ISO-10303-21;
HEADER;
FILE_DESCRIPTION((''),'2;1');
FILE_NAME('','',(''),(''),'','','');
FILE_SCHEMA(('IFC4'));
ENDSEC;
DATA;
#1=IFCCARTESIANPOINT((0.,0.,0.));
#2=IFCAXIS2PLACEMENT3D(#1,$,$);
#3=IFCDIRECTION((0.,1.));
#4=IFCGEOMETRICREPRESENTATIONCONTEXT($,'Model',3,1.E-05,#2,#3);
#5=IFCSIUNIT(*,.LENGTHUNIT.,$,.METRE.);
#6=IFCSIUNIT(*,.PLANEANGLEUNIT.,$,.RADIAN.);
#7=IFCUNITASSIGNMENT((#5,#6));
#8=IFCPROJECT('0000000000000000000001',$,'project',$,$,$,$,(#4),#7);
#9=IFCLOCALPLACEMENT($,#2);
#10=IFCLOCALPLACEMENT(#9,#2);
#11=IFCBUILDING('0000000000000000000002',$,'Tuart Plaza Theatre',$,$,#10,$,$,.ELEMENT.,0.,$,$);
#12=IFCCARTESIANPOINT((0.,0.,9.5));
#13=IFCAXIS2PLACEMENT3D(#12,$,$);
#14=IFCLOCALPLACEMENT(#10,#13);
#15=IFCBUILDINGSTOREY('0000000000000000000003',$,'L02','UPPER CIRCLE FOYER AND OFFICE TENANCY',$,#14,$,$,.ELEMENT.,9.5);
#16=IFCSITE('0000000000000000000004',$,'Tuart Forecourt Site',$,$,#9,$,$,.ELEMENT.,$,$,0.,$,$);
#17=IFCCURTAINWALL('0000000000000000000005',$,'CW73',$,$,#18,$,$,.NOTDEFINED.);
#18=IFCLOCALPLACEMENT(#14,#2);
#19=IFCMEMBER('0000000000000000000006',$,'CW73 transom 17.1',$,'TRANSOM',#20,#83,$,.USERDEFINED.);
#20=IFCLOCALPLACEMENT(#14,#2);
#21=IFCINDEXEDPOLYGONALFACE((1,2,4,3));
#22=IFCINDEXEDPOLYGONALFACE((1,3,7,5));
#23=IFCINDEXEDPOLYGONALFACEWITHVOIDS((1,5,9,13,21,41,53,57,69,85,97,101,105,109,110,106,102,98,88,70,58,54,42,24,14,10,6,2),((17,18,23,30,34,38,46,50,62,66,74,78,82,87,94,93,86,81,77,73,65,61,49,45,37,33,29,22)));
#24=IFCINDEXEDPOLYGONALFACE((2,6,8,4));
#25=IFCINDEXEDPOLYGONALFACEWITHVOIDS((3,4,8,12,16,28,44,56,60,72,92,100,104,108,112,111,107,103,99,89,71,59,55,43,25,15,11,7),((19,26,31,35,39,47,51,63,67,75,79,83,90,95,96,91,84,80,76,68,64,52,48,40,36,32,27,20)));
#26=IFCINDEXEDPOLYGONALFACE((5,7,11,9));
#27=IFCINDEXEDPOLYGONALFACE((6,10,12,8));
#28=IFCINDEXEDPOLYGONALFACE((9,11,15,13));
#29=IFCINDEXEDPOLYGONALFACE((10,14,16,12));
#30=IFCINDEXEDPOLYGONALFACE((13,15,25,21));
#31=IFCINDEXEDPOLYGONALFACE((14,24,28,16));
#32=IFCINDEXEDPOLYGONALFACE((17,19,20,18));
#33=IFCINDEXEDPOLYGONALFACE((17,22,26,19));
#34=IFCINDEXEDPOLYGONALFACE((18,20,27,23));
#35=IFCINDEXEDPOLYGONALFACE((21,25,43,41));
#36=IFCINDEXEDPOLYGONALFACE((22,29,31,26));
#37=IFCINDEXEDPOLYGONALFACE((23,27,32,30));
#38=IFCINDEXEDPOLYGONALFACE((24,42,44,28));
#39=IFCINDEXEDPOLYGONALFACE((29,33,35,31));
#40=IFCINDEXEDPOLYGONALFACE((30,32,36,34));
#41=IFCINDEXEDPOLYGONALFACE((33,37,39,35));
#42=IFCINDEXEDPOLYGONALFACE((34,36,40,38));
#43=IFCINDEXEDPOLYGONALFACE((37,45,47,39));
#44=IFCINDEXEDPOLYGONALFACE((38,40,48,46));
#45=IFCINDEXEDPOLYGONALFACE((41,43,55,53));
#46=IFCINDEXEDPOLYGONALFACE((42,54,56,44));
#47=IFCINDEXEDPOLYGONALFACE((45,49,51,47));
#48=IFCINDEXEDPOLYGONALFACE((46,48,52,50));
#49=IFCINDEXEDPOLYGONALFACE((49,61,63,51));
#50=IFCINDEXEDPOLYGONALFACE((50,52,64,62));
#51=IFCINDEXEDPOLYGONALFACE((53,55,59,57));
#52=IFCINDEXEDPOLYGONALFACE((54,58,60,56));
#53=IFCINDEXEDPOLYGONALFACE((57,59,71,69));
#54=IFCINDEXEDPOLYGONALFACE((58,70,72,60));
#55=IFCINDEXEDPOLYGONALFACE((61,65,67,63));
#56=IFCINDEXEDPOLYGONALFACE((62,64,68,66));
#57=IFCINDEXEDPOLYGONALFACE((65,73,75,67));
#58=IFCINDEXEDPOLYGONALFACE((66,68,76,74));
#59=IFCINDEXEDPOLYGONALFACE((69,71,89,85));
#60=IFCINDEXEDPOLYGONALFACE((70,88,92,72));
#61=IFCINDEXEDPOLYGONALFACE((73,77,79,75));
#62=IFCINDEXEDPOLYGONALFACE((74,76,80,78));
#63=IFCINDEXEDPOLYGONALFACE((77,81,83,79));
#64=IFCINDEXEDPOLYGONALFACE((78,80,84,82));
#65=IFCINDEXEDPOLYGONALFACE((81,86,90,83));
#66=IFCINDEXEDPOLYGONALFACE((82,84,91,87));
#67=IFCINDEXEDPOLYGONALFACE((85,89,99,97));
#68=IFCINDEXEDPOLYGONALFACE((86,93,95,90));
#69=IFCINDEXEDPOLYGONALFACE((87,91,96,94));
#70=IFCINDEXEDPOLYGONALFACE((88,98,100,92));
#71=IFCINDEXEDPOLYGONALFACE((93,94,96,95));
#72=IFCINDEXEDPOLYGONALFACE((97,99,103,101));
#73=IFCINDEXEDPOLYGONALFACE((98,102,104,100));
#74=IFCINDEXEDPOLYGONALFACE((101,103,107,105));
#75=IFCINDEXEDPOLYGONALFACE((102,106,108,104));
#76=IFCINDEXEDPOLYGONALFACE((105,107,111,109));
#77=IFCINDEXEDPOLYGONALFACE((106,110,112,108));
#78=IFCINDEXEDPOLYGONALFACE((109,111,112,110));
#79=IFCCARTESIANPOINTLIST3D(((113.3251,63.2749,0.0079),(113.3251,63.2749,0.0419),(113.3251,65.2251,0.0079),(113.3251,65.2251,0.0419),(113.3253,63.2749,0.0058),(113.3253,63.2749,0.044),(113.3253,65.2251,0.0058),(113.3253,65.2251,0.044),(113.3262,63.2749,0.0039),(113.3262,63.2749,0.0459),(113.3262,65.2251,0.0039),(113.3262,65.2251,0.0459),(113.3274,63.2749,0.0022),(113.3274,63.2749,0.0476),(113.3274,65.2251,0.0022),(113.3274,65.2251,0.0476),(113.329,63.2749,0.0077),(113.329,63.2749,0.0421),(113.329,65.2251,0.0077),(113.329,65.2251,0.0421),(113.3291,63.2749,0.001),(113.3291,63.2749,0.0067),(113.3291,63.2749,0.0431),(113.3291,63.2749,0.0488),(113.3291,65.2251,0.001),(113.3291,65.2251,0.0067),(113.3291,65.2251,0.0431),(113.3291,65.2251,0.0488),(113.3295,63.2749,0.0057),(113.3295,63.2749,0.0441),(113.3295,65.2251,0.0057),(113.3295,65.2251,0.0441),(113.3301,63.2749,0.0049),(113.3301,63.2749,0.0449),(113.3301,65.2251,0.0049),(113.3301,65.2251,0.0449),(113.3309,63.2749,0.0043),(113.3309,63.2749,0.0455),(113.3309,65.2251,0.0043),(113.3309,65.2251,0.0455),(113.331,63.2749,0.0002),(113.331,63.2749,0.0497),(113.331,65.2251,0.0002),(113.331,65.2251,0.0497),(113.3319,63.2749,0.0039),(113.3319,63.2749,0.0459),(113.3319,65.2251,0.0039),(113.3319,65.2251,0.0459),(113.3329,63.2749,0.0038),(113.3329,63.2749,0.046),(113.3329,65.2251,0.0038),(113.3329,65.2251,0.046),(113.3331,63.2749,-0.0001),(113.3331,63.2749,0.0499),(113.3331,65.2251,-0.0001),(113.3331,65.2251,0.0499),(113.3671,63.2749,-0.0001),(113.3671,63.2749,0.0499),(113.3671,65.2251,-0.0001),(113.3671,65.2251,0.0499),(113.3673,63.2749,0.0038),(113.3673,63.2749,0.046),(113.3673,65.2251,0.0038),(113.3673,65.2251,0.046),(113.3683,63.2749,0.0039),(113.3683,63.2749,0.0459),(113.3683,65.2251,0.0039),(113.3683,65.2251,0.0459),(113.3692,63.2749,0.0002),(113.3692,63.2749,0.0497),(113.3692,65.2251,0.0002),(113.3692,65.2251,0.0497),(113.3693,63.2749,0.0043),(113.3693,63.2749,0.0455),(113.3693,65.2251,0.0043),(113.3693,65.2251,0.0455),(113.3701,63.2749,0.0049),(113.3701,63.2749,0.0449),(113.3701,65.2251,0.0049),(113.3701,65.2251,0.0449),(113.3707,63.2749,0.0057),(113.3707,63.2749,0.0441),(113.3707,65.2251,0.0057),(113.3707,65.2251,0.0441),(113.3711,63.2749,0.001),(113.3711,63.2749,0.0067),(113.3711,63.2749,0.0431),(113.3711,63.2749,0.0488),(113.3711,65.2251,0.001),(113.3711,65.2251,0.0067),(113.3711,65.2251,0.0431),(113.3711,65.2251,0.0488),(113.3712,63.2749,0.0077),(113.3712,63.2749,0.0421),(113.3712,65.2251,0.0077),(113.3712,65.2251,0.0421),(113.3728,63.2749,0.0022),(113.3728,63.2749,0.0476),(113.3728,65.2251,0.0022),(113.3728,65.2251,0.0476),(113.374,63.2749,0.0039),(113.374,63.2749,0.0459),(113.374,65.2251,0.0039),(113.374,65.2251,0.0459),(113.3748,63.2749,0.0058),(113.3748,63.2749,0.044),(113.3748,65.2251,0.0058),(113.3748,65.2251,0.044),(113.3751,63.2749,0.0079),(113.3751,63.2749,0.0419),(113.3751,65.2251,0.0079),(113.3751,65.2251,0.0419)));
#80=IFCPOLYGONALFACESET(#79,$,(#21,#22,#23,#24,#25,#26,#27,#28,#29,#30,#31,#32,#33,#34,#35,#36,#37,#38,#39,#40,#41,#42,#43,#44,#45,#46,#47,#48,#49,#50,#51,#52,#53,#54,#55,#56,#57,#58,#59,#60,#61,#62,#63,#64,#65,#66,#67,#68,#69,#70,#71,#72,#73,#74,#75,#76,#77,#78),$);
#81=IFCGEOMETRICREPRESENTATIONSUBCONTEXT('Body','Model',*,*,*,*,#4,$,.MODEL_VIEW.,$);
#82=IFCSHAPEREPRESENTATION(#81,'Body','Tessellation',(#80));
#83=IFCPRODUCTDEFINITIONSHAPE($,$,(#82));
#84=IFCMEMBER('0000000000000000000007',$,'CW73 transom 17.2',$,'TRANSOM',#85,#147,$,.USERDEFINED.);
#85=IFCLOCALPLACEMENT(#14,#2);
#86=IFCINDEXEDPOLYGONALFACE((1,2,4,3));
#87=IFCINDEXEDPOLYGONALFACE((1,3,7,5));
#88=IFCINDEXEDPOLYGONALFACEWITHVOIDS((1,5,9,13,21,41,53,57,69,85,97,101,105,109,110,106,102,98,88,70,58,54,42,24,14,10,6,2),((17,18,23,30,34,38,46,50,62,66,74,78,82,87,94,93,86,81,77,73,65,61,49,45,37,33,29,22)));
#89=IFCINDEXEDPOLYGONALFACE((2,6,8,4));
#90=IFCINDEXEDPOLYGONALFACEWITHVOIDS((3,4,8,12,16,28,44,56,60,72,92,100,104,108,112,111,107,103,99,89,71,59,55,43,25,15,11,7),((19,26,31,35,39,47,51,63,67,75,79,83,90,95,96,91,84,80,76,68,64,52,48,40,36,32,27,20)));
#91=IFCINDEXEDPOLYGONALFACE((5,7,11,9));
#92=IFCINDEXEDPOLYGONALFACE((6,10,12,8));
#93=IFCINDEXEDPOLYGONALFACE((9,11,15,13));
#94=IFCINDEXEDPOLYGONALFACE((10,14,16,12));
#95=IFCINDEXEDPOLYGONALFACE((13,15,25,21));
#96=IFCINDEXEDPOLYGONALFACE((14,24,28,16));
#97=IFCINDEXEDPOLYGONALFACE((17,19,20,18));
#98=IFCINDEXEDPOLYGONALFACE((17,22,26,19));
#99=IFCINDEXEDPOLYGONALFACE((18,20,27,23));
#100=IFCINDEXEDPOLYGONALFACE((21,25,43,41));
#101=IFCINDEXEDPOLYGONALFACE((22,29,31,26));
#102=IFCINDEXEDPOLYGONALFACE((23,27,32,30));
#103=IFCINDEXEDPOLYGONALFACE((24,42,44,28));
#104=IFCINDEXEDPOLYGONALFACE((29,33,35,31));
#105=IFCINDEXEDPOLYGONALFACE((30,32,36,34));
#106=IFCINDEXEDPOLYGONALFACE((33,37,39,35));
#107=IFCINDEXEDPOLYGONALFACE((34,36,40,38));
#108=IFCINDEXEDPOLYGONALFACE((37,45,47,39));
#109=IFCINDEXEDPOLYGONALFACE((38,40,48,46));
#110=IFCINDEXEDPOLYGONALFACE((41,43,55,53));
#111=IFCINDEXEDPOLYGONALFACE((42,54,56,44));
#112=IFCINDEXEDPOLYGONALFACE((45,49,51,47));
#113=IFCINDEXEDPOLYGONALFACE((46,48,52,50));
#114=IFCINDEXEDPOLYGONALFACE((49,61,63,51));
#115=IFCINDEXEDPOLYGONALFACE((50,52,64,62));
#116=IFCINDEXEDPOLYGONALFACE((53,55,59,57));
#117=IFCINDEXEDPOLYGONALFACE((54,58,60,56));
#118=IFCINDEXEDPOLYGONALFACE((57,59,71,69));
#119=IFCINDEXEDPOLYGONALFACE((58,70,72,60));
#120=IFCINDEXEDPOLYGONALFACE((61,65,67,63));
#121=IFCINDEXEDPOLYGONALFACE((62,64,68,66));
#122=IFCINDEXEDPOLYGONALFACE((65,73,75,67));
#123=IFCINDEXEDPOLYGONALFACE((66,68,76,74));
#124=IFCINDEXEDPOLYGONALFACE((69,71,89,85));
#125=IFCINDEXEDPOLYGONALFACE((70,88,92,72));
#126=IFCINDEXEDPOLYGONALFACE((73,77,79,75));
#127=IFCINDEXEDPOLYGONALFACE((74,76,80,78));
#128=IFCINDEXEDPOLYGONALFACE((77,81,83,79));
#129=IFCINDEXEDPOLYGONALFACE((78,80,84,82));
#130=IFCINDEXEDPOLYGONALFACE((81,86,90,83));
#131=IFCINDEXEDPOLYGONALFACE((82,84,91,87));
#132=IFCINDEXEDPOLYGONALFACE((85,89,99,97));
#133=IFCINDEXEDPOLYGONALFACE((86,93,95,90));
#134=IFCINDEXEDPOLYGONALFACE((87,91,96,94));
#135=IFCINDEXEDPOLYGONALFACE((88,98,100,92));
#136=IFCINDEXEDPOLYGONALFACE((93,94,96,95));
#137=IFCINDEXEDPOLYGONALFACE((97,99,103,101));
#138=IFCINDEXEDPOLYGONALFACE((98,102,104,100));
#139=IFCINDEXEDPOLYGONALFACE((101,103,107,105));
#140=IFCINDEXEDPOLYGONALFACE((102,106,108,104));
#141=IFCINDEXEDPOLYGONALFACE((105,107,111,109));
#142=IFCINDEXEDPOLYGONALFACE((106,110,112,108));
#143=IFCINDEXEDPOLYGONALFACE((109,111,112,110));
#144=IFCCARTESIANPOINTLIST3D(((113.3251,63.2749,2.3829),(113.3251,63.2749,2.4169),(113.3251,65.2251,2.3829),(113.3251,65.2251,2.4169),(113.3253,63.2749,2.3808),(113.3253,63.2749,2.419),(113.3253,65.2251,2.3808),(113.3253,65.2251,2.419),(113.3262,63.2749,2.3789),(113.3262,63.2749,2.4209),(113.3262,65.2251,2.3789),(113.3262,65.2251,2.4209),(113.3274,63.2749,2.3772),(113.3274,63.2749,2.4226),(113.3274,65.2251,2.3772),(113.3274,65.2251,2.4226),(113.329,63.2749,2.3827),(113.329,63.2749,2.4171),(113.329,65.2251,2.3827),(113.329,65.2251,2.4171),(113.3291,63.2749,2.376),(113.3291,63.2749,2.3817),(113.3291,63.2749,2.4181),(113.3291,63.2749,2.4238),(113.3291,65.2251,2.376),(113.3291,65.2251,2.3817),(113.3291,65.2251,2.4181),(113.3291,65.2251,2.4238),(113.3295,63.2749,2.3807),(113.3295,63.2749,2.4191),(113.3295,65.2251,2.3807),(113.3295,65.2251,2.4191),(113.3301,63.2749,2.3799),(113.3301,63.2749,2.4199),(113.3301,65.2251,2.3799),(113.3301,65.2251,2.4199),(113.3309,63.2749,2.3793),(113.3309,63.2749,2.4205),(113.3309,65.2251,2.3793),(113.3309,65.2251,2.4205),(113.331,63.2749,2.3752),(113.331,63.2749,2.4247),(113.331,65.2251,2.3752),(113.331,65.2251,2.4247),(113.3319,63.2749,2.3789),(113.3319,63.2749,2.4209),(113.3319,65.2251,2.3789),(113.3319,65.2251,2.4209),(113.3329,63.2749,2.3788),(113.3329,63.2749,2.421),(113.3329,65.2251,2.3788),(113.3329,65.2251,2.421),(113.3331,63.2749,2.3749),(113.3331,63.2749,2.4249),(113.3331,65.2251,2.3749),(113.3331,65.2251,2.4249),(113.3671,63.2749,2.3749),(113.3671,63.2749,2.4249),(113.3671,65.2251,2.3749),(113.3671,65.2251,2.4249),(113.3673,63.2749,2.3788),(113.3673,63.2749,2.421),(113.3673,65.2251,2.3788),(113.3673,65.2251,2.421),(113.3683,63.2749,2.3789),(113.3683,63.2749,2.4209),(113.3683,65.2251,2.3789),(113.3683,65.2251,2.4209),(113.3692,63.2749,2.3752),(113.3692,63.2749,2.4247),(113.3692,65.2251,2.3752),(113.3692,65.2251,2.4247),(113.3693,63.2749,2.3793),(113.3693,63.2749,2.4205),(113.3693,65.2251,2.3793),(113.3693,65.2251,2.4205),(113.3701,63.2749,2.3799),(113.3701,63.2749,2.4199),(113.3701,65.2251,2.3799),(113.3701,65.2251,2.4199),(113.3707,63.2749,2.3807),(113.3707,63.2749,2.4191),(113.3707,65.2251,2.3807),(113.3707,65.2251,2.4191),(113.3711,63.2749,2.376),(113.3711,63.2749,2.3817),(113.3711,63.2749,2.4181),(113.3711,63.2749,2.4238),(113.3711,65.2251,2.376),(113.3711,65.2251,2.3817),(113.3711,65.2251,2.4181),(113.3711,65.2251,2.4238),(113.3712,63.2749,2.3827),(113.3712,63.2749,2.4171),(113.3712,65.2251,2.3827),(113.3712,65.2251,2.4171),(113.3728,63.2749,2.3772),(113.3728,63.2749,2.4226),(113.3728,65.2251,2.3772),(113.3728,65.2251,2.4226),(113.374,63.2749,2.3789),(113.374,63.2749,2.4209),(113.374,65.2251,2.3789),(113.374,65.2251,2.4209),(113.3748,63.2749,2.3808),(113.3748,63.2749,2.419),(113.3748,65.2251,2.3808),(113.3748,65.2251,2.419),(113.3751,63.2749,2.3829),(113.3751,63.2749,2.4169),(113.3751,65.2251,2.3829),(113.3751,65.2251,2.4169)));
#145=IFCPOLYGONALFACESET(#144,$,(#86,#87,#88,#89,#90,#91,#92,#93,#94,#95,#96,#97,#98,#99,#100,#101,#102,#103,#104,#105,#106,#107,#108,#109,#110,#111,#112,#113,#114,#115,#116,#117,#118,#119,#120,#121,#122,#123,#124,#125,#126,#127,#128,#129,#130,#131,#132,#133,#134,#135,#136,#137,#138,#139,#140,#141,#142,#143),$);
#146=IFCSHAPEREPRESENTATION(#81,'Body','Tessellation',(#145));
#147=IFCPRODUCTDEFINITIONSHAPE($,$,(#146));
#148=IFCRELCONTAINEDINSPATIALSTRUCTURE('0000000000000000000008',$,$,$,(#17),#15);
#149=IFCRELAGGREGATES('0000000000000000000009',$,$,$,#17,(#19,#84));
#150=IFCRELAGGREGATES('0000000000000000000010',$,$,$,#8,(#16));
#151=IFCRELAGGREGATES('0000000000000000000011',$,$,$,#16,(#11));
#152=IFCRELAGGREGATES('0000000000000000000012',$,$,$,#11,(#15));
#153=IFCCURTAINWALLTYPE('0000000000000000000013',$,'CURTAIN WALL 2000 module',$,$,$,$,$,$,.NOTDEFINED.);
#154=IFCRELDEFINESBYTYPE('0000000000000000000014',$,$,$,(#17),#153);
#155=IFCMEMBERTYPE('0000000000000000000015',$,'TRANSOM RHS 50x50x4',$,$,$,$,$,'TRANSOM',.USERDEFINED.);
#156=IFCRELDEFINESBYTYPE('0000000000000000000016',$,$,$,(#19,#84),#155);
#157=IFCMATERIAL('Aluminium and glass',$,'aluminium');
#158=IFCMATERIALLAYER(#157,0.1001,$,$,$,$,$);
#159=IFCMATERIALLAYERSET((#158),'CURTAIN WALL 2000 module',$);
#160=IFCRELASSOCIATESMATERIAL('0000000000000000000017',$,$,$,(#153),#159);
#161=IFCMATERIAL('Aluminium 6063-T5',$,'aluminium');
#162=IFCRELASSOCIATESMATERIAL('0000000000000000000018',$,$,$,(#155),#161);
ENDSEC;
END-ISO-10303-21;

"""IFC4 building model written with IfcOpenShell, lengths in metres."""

from ifc_helpers import new_model, si_unit, direction, frame, origin, origin_2d, place, context, subcontext, project, spatial, hollow_rectangle, extrude, material, layer, layer_set, material_profile, profile_set, type_object, element, aggregate, save


model = new_model("IFC4")

# Units and contexts
model_context = context("Model", 3, precision=1e-05, world=origin(), true_north=direction((0.0, 1.0)))
body_context = subcontext(model_context, "Body", "Model", "MODEL_VIEW")
ifc_project = project(units=[si_unit("LENGTHUNIT", "METRE"), si_unit("PLANEANGLEUNIT", "RADIAN")], contexts=[model_context])

# Site, building, storey
site_placement = place(None, origin())
site = spatial("IfcSite", under=ifc_project, at=site_placement, Name="Tuart Forecourt Site", CompositionType="ELEMENT", RefElevation=0.0)
building_placement = place(site_placement, origin())
building = spatial("IfcBuilding", under=site, at=building_placement, Name="Tuart Plaza Theatre", CompositionType="ELEMENT", ElevationOfRefHeight=0.0)
storey_placement = place(building_placement, frame((0.0, 0.0, 9.5)))
storey = spatial("IfcBuildingStorey", under=building, at=storey_placement, Name="L02", Description="UPPER CIRCLE FOYER AND OFFICE TENANCY", CompositionType="ELEMENT", Elevation=9.5)

# Curtain wall, members
ifc_material_1 = material(Name="Aluminium and glass", Category="aluminium")
ifc_layer_1 = layer(ifc_material_1, 0.1001)
ifc_layer_set_1 = layer_set([ifc_layer_1], Name="CURTAIN WALL 2000 module")
curtain_wall_type = type_object("IfcCurtainWallType", Name="CURTAIN WALL 2000 module", PredefinedType="NOTDEFINED", material=ifc_layer_set_1)
curtain_wall_placement = place(storey_placement, origin())
curtain_wall = element("IfcCurtainWall", 1, at=curtain_wall_placement, inside=storey, type_object=curtain_wall_type, Name="CW73", PredefinedType="NOTDEFINED")
ifc_material_2 = material(Name="Aluminium 6063-T5", Category="aluminium")
ifc_material_profile_1 = material_profile(ifc_material_2, hollow_rectangle(XDim=0.05, YDim=0.05, WallThickness=0.0039, InnerFilletRadius=0.0039, OuterFilletRadius=0.0081, at=origin_2d()), Name="RHS 50x50x4")
ifc_profile_set_1 = profile_set([ifc_material_profile_1], Name="Aluminium 6063-T5")
member_type_1 = type_object("IfcMemberType", Name="TRANSOM RHS 50x50x4", ElementType="TRANSOM", PredefinedType="USERDEFINED", material=ifc_profile_set_1)
member_1_placement = place(storey_placement, frame((113.3501, 65.2251, 0.0249), z_axis=(0.0, -1.0, 0.0), x_axis=(1.0, 0.0, 0.0)))
member_1 = element("IfcMember", 2, at=member_1_placement, type_object=member_type_1, Name="CW73 transom 17.1", ObjectType="TRANSOM", PredefinedType="USERDEFINED", context=body_context, shape_type="SweptSolid", body=[
    extrude(hollow_rectangle(XDim=0.05, YDim=0.05, WallThickness=0.0039, InnerFilletRadius=0.0039, OuterFilletRadius=0.0081, at=origin_2d()), origin(), (0.0, 0.0, 1.0), 1.9502),
])
member_2_placement = place(storey_placement, frame((113.3501, 65.2251, 2.3999), z_axis=(0.0, -1.0, 0.0), x_axis=(1.0, 0.0, 0.0)))
member_2 = element("IfcMember", 3, at=member_2_placement, type_object=member_type_1, Name="CW73 transom 17.2", ObjectType="TRANSOM", PredefinedType="USERDEFINED", context=body_context, shape_type="SweptSolid", body=[
    extrude(hollow_rectangle(XDim=0.05, YDim=0.05, WallThickness=0.0039, InnerFilletRadius=0.0039, OuterFilletRadius=0.0081, at=origin_2d()), origin(), (0.0, 0.0, 1.0), 1.9502),
])
aggregate(curtain_wall, [member_1, member_2])

save(model, "model.ifc")
